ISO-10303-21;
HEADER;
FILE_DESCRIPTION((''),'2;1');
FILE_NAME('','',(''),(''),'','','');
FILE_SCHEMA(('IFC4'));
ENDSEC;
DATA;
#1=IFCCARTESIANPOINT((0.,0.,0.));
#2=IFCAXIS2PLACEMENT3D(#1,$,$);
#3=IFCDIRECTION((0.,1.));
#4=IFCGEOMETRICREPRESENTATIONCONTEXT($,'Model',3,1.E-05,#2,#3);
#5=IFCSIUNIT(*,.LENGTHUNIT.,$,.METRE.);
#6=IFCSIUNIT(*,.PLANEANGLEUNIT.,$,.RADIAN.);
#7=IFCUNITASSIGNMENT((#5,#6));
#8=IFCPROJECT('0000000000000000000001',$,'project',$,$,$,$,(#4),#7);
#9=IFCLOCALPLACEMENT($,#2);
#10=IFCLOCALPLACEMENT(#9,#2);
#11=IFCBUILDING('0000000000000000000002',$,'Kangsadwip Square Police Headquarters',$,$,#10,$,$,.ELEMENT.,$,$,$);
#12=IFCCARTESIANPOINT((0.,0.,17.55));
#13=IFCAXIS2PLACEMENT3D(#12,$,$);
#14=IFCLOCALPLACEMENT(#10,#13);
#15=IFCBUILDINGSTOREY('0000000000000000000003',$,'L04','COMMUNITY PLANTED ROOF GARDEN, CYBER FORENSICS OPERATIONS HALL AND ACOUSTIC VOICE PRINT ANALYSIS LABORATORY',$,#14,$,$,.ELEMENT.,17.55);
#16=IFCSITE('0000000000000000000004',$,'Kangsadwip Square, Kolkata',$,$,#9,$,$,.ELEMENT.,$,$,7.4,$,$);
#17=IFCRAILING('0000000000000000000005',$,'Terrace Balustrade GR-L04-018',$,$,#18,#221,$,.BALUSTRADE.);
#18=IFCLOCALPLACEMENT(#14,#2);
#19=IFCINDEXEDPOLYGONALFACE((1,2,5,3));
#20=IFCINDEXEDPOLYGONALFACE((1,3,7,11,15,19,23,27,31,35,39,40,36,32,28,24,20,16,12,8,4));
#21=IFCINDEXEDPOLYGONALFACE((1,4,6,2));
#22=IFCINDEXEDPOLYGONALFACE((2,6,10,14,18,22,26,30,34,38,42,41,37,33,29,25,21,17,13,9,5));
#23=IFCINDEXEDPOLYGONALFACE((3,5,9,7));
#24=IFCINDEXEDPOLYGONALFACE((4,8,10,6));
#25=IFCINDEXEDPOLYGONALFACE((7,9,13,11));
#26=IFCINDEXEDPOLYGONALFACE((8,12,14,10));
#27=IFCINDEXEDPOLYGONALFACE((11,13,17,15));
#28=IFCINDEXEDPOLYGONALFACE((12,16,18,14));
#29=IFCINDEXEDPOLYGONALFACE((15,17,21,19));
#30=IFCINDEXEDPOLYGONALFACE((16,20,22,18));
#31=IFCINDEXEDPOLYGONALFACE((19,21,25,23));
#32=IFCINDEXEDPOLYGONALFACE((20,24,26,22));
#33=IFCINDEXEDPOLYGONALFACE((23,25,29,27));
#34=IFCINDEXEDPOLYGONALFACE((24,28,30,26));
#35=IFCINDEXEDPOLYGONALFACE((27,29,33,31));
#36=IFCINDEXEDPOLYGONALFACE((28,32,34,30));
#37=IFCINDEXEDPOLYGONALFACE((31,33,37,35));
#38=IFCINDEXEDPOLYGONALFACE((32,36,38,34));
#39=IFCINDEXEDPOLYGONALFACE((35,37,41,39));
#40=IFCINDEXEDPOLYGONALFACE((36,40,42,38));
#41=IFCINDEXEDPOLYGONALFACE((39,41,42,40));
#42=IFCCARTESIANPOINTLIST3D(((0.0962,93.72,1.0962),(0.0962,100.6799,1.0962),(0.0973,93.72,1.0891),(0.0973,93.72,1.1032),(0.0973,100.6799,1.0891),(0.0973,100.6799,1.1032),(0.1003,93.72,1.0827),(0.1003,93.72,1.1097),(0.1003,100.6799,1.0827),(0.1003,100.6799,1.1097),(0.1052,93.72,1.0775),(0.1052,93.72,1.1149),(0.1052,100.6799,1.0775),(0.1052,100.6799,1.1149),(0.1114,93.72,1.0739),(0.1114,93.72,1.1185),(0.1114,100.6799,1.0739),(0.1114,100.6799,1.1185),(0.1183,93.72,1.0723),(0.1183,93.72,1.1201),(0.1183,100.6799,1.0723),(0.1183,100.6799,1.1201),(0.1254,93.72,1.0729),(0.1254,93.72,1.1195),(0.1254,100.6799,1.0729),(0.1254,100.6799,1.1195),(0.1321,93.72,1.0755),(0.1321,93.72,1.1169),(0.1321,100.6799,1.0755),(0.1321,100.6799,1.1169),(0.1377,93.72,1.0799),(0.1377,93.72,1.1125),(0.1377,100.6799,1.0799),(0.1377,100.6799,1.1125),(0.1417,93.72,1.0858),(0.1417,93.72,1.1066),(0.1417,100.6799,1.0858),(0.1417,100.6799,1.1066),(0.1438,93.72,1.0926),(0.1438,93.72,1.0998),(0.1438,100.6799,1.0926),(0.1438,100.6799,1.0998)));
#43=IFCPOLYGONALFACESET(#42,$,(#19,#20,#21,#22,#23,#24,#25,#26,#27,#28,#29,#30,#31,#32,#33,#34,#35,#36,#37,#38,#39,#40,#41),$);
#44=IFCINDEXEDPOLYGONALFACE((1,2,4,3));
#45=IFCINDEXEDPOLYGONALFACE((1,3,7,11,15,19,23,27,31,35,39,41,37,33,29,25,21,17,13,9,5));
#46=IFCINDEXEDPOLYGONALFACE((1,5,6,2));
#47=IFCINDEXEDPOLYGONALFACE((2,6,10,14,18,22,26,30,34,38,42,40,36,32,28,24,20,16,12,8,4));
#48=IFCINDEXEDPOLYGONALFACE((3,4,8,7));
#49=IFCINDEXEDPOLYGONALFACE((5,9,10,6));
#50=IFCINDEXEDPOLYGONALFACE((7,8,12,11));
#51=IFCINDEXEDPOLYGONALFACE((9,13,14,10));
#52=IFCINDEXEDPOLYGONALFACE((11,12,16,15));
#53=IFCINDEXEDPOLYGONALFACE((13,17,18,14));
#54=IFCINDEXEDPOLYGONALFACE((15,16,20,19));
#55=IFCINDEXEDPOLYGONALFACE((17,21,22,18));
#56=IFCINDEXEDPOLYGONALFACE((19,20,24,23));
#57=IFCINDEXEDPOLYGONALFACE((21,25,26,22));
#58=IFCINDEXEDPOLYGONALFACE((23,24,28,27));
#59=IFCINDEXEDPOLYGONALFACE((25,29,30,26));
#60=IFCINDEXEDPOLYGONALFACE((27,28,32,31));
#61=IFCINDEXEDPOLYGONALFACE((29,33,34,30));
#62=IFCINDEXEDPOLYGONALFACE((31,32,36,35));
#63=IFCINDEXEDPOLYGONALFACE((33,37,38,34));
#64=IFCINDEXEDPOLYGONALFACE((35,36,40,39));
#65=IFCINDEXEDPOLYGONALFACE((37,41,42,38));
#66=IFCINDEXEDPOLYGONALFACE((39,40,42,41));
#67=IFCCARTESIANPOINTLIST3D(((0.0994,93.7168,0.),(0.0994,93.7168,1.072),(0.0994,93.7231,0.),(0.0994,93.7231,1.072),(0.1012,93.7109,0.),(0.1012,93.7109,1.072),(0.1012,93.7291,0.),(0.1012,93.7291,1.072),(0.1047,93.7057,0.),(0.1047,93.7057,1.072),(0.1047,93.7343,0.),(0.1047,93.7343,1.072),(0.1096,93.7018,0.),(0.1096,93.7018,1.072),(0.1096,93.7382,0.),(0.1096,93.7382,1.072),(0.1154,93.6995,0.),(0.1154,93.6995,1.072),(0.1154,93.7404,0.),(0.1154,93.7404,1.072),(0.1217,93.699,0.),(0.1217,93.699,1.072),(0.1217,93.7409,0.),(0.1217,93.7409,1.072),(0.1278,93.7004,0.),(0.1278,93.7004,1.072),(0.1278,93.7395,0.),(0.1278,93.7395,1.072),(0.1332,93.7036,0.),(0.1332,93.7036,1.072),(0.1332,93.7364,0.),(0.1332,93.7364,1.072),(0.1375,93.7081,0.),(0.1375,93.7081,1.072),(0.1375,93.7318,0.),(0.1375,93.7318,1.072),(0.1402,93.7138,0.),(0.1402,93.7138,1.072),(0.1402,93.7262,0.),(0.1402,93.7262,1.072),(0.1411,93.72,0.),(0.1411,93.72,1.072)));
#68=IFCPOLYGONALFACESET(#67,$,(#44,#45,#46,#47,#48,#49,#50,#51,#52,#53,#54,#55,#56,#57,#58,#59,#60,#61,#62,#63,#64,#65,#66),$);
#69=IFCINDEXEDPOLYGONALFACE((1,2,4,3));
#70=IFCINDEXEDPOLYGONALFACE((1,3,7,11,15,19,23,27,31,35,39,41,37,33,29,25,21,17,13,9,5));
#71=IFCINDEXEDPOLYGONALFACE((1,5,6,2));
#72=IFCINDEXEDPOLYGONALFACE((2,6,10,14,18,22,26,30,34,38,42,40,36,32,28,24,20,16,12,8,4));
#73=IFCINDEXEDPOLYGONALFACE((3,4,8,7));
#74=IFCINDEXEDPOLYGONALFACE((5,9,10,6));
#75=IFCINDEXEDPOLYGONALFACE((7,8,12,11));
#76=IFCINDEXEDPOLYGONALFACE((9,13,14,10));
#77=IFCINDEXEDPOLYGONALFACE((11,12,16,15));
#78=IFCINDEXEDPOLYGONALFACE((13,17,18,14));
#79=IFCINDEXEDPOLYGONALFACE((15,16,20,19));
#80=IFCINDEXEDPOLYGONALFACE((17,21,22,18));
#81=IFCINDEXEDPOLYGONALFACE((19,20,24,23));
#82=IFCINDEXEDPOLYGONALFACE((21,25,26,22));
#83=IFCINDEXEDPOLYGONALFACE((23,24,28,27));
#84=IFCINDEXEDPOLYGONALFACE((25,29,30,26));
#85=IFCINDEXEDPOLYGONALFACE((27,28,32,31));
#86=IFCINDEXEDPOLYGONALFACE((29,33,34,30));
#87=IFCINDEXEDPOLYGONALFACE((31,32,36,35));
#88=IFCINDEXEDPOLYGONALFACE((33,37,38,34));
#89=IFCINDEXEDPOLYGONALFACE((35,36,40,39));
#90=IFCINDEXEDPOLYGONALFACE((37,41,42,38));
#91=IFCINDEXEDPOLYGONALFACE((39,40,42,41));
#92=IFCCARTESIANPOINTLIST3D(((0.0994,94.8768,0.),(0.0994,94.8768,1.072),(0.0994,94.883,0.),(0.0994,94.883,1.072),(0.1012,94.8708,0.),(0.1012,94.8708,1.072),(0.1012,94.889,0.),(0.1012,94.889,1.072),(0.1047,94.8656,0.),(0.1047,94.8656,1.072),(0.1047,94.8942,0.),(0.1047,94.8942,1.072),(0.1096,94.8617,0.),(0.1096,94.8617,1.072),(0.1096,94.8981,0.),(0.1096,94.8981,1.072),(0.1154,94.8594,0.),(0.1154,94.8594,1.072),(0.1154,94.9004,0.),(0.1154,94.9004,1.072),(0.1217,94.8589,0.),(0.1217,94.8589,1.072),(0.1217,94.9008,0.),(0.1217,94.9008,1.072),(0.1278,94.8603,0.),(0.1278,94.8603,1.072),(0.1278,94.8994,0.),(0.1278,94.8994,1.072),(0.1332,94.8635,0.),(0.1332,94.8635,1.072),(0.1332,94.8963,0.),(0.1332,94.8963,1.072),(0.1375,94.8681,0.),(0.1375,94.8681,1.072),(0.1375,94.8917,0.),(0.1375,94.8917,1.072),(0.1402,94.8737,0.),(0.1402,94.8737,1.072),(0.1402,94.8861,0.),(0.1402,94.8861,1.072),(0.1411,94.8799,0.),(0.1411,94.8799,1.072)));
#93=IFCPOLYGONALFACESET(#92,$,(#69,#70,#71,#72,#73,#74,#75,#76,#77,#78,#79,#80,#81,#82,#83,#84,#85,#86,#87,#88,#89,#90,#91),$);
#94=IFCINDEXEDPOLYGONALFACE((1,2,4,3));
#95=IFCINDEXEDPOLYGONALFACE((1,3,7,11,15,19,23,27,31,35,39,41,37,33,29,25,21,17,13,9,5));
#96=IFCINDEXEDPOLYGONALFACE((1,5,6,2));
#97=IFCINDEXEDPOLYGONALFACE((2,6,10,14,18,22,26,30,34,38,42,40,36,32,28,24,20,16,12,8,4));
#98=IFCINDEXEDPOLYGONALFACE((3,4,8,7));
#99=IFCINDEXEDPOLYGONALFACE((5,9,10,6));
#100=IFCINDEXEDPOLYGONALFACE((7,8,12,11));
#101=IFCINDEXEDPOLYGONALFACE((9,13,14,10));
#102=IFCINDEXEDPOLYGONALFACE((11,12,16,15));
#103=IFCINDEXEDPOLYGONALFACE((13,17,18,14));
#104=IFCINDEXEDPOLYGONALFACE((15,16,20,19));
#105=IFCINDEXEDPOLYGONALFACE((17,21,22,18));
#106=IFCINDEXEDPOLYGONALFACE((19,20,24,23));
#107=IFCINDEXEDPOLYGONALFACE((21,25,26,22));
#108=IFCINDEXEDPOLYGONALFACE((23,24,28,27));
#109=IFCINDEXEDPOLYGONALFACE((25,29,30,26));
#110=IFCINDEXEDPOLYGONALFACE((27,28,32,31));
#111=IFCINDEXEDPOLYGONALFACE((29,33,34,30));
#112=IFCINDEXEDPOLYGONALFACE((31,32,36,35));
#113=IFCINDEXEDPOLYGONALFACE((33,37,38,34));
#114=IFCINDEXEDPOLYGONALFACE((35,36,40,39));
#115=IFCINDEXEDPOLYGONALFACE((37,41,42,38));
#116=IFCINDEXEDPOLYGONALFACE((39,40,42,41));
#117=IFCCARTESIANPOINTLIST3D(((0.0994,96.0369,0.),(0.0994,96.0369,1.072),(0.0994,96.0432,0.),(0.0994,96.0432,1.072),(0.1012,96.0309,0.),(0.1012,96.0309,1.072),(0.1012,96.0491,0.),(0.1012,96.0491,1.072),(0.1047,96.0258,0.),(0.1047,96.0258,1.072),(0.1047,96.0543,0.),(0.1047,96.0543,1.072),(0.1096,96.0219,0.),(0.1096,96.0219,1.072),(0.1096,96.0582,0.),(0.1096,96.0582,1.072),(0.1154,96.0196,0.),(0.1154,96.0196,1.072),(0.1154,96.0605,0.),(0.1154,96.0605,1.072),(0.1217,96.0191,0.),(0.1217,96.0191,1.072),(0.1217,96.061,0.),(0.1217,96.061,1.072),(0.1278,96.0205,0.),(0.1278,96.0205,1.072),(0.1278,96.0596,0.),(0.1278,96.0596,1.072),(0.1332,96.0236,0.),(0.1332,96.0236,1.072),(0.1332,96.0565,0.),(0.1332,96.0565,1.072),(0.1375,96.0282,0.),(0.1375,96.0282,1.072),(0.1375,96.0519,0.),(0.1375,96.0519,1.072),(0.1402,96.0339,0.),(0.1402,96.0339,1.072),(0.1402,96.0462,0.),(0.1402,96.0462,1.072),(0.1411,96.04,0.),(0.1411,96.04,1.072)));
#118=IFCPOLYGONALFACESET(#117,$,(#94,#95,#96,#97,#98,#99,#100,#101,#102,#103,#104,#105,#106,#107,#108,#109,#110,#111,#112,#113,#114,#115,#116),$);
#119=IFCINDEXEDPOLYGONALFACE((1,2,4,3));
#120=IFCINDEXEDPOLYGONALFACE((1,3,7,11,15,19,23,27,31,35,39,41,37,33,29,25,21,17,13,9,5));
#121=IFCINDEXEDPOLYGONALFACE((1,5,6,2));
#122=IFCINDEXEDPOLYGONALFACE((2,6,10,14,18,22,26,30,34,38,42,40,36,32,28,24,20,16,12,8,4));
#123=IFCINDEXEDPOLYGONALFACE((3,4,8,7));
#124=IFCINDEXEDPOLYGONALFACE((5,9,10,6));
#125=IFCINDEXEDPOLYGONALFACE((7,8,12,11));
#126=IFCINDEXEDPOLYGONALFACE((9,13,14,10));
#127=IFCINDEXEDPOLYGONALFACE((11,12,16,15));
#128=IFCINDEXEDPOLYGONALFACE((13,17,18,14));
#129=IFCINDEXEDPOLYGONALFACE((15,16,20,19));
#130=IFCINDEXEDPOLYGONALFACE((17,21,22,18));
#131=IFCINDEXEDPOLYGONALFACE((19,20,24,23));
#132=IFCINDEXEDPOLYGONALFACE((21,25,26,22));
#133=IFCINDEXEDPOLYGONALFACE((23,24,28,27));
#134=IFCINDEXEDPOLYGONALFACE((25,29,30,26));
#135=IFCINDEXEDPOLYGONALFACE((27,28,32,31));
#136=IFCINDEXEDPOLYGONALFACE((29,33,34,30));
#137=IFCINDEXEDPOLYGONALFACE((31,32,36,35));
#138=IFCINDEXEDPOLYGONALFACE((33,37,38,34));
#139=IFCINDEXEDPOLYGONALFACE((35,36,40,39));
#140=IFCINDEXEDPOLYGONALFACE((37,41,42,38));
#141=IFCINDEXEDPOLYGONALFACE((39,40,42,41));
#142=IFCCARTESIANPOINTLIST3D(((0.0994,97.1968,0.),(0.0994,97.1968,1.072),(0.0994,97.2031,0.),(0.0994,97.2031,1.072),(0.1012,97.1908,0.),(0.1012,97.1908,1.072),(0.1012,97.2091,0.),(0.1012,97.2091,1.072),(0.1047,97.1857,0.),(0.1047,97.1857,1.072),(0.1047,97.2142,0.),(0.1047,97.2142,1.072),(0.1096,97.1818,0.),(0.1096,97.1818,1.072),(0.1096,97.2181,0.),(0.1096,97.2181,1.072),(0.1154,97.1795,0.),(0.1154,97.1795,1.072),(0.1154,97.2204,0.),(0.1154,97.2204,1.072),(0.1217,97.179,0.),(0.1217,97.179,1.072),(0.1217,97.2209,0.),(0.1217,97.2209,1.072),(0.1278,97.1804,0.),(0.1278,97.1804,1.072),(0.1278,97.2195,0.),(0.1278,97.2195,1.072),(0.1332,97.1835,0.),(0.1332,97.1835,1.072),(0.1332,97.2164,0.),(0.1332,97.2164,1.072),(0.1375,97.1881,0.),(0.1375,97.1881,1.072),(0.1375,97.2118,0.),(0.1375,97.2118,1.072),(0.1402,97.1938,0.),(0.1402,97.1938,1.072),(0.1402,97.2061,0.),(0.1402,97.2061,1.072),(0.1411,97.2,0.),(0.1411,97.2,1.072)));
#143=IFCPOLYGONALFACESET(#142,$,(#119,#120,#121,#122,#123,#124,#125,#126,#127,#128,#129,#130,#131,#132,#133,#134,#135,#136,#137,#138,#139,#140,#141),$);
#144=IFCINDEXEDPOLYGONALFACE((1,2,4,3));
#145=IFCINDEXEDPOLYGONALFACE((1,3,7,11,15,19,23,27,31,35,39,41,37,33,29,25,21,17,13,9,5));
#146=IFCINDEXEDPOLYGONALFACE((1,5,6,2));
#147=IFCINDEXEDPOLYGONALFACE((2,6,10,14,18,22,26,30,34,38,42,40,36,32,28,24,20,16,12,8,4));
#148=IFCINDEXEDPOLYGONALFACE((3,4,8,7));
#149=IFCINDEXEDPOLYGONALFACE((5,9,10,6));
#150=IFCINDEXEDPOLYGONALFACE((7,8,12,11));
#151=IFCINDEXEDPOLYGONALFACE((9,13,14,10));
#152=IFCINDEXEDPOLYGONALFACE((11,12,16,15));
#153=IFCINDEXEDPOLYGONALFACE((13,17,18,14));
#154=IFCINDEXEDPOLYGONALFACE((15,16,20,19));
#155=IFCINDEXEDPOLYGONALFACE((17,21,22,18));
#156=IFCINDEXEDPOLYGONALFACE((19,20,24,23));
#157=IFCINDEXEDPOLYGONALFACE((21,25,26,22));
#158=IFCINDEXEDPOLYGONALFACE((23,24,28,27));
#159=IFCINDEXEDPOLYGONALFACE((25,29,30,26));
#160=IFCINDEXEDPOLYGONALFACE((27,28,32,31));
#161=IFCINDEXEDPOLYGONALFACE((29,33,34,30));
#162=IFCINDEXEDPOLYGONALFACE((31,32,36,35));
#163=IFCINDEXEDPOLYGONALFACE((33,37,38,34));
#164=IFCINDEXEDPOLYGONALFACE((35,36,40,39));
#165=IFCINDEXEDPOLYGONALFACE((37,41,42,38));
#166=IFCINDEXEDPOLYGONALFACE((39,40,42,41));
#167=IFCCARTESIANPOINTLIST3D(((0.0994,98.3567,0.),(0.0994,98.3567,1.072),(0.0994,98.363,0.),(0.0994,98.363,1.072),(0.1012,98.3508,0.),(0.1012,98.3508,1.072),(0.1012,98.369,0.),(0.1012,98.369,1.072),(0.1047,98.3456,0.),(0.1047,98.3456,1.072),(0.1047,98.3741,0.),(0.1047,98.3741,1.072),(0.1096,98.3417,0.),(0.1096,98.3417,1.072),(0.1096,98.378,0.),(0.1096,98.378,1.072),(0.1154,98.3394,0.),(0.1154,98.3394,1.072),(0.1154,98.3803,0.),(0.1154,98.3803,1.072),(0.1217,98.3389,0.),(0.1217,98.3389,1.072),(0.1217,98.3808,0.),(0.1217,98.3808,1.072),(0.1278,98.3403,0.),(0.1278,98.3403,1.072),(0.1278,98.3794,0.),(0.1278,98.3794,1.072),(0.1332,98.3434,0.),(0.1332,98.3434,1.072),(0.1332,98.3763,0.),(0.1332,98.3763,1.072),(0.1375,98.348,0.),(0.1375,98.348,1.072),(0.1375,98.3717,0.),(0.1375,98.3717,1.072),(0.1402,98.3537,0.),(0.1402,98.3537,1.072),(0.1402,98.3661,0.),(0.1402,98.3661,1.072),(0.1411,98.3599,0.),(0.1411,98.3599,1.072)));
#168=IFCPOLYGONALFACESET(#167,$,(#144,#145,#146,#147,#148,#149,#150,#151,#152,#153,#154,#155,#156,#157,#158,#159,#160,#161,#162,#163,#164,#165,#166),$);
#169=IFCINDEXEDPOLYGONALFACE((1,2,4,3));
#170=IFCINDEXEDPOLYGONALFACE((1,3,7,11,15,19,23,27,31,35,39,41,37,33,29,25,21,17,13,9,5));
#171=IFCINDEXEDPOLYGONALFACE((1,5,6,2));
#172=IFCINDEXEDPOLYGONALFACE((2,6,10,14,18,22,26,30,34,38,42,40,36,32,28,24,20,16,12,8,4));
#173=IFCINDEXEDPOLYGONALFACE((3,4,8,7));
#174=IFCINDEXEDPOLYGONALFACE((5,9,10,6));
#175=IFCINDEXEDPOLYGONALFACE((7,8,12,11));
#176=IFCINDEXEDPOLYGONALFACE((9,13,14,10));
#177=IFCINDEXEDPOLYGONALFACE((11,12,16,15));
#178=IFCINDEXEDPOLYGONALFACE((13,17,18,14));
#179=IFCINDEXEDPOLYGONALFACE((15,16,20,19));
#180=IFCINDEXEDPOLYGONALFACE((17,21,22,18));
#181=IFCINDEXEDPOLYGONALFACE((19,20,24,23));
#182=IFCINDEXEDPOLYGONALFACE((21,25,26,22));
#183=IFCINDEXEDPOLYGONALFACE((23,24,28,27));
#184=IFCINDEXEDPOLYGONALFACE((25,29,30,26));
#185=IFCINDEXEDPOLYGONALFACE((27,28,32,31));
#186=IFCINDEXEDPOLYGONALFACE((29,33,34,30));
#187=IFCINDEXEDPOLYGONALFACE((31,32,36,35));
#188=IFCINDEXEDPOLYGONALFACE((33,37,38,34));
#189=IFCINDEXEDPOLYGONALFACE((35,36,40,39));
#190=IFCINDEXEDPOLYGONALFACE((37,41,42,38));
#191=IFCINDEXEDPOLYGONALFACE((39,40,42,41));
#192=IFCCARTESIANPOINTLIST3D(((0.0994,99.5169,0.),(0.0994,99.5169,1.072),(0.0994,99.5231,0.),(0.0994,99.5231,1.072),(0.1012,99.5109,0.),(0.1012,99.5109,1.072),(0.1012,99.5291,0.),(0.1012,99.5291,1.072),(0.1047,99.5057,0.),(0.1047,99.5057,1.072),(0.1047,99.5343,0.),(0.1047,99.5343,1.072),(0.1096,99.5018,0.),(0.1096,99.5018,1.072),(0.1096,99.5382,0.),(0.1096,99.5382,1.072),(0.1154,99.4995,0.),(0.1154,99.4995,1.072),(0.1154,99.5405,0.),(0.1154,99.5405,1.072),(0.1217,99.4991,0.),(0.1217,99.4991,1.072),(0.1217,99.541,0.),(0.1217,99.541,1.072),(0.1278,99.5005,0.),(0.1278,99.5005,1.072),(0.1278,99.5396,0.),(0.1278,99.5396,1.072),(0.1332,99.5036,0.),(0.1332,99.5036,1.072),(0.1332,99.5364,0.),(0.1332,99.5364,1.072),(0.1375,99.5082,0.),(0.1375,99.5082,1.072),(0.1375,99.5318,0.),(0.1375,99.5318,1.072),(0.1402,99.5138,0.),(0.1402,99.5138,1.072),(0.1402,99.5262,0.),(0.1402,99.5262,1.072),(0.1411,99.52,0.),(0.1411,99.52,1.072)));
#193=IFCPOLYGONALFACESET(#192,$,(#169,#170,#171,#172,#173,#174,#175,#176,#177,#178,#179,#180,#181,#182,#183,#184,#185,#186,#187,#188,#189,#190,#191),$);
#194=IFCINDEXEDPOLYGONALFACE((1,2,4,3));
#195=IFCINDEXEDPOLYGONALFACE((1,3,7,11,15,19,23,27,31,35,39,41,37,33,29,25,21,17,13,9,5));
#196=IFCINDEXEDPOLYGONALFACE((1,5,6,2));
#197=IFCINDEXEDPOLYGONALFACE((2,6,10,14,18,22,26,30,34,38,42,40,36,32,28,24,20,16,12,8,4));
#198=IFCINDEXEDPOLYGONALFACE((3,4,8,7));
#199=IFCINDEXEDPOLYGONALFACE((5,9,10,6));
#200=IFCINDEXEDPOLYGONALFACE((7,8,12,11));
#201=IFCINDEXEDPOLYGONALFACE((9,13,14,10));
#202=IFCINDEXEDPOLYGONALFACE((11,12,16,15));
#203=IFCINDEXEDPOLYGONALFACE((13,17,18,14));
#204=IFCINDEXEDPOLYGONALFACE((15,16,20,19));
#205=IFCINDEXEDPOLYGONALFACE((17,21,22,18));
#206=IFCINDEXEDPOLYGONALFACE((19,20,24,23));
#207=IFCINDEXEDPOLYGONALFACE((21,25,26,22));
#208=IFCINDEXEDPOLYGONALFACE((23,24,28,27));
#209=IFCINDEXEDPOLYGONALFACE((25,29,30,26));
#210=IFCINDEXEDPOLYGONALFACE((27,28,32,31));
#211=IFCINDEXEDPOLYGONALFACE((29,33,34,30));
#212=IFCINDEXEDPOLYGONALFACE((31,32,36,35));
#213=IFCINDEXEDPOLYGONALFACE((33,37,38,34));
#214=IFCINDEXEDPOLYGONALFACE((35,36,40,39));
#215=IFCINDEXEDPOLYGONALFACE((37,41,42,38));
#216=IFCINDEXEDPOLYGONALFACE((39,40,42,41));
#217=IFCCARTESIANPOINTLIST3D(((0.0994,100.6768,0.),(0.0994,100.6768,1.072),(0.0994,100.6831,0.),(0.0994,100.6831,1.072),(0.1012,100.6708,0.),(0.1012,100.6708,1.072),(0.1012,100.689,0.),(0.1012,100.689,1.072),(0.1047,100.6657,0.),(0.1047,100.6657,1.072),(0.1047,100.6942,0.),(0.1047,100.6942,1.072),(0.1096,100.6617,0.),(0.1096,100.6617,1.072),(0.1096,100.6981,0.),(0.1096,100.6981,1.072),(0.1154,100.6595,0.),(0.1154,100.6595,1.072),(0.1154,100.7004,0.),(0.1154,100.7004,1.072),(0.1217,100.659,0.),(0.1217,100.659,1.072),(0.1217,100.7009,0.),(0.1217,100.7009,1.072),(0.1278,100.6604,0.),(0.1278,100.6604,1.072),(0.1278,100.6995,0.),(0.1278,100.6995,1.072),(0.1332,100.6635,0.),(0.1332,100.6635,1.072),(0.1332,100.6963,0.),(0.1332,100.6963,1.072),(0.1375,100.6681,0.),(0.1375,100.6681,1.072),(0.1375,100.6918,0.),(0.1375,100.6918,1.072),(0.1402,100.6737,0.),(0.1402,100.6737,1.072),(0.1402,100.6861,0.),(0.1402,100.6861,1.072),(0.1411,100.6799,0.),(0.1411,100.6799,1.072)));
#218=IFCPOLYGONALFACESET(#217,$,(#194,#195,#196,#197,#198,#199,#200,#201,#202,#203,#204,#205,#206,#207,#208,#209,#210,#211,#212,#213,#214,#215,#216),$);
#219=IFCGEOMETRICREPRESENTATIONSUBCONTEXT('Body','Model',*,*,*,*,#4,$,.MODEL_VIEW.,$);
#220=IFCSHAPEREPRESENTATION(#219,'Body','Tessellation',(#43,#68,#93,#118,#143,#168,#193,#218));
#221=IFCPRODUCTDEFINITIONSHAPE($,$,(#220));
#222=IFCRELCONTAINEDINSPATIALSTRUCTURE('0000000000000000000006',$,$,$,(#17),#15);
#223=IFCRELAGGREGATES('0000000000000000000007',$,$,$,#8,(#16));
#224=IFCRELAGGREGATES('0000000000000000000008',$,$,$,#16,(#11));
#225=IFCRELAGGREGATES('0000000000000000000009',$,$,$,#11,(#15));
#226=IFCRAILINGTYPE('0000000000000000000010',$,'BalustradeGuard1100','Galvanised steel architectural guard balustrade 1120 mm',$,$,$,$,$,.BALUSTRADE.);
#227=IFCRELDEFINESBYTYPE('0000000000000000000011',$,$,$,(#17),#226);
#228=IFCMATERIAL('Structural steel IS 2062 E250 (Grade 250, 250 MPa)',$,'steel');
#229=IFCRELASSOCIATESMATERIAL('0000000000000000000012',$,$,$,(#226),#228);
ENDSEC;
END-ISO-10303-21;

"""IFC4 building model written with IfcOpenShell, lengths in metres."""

from ifc_helpers import new_model, si_unit, direction, frame, origin, origin_2d, place, context, subcontext, project, spatial, circle, extrude, material, type_object, element, save


model = new_model("IFC4")

# Units and contexts
model_context = context("Model", 3, precision=1e-05, world=origin(), true_north=direction((0.0, 1.0)))
body_context = subcontext(model_context, "Body", "Model", "MODEL_VIEW")
ifc_project = project(units=[si_unit("LENGTHUNIT", "METRE"), si_unit("PLANEANGLEUNIT", "RADIAN")], contexts=[model_context])

# Site, building, storey
site_placement = place(None, origin())
site = spatial("IfcSite", under=ifc_project, at=site_placement, Name="Kangsadwip Square, Kolkata", CompositionType="ELEMENT", RefElevation=7.4)
building_placement = place(site_placement, origin())
building = spatial("IfcBuilding", under=site, at=building_placement, Name="Kangsadwip Square Police Headquarters", CompositionType="ELEMENT")
storey_placement = place(building_placement, frame((0.0, 0.0, 17.55)))
storey = spatial("IfcBuildingStorey", under=building, at=storey_placement, Name="L04", Description="COMMUNITY PLANTED ROOF GARDEN, CYBER FORENSICS OPERATIONS HALL AND ACOUSTIC VOICE PRINT ANALYSIS LABORATORY", CompositionType="ELEMENT", Elevation=17.55)

# Railing
ifc_material_1 = material(Name="Structural steel IS 2062 E250 (Grade 250, 250 MPa)", Category="steel")
railing_type = type_object("IfcRailingType", Name="BalustradeGuard1100", Description="Galvanised steel architectural guard balustrade 1120 mm", PredefinedType="BALUSTRADE", material=ifc_material_1)
for number, where, name in (
    (1, (0.1201, 93.72, 0.0), "Terrace Balustrade GR-L04-018"),
):
    element("IfcRailing", number, at=place(storey_placement, frame(where)), inside=storey, type_object=railing_type, Name=name, PredefinedType="BALUSTRADE", context=body_context, shape_type="SweptSolid", body=[
        extrude(circle(Radius=0.0239, at=origin_2d()), frame((0.0, 0.0, 1.0962), z_axis=(0.0, 1.0, 0.0), x_axis=(-1.0, 0.0, 0.0)), (0.0, 0.0, 1.0), 6.96),
        extrude(circle(Radius=0.021, at=origin_2d()), origin(), (0.0, 0.0, 1.0), 1.072),
        extrude(circle(Radius=0.021, at=origin_2d()), frame((0.0, 1.1599, 0.0)), (0.0, 0.0, 1.0), 1.072),
        extrude(circle(Radius=0.021, at=origin_2d()), frame((0.0, 2.3201, 0.0)), (0.0, 0.0, 1.0), 1.072),
        extrude(circle(Radius=0.021, at=origin_2d()), frame((0.0, 3.48, 0.0)), (0.0, 0.0, 1.0), 1.072),
        extrude(circle(Radius=0.021, at=origin_2d()), frame((0.0, 4.6399, 0.0)), (0.0, 0.0, 1.0), 1.072),
        extrude(circle(Radius=0.021, at=origin_2d()), frame((0.0, 5.8, 0.0)), (0.0, 0.0, 1.0), 1.072),
        extrude(circle(Radius=0.021, at=origin_2d()), frame((0.0, 6.96, 0.0)), (0.0, 0.0, 1.0), 1.072),
    ])

save(model, "model.ifc")
